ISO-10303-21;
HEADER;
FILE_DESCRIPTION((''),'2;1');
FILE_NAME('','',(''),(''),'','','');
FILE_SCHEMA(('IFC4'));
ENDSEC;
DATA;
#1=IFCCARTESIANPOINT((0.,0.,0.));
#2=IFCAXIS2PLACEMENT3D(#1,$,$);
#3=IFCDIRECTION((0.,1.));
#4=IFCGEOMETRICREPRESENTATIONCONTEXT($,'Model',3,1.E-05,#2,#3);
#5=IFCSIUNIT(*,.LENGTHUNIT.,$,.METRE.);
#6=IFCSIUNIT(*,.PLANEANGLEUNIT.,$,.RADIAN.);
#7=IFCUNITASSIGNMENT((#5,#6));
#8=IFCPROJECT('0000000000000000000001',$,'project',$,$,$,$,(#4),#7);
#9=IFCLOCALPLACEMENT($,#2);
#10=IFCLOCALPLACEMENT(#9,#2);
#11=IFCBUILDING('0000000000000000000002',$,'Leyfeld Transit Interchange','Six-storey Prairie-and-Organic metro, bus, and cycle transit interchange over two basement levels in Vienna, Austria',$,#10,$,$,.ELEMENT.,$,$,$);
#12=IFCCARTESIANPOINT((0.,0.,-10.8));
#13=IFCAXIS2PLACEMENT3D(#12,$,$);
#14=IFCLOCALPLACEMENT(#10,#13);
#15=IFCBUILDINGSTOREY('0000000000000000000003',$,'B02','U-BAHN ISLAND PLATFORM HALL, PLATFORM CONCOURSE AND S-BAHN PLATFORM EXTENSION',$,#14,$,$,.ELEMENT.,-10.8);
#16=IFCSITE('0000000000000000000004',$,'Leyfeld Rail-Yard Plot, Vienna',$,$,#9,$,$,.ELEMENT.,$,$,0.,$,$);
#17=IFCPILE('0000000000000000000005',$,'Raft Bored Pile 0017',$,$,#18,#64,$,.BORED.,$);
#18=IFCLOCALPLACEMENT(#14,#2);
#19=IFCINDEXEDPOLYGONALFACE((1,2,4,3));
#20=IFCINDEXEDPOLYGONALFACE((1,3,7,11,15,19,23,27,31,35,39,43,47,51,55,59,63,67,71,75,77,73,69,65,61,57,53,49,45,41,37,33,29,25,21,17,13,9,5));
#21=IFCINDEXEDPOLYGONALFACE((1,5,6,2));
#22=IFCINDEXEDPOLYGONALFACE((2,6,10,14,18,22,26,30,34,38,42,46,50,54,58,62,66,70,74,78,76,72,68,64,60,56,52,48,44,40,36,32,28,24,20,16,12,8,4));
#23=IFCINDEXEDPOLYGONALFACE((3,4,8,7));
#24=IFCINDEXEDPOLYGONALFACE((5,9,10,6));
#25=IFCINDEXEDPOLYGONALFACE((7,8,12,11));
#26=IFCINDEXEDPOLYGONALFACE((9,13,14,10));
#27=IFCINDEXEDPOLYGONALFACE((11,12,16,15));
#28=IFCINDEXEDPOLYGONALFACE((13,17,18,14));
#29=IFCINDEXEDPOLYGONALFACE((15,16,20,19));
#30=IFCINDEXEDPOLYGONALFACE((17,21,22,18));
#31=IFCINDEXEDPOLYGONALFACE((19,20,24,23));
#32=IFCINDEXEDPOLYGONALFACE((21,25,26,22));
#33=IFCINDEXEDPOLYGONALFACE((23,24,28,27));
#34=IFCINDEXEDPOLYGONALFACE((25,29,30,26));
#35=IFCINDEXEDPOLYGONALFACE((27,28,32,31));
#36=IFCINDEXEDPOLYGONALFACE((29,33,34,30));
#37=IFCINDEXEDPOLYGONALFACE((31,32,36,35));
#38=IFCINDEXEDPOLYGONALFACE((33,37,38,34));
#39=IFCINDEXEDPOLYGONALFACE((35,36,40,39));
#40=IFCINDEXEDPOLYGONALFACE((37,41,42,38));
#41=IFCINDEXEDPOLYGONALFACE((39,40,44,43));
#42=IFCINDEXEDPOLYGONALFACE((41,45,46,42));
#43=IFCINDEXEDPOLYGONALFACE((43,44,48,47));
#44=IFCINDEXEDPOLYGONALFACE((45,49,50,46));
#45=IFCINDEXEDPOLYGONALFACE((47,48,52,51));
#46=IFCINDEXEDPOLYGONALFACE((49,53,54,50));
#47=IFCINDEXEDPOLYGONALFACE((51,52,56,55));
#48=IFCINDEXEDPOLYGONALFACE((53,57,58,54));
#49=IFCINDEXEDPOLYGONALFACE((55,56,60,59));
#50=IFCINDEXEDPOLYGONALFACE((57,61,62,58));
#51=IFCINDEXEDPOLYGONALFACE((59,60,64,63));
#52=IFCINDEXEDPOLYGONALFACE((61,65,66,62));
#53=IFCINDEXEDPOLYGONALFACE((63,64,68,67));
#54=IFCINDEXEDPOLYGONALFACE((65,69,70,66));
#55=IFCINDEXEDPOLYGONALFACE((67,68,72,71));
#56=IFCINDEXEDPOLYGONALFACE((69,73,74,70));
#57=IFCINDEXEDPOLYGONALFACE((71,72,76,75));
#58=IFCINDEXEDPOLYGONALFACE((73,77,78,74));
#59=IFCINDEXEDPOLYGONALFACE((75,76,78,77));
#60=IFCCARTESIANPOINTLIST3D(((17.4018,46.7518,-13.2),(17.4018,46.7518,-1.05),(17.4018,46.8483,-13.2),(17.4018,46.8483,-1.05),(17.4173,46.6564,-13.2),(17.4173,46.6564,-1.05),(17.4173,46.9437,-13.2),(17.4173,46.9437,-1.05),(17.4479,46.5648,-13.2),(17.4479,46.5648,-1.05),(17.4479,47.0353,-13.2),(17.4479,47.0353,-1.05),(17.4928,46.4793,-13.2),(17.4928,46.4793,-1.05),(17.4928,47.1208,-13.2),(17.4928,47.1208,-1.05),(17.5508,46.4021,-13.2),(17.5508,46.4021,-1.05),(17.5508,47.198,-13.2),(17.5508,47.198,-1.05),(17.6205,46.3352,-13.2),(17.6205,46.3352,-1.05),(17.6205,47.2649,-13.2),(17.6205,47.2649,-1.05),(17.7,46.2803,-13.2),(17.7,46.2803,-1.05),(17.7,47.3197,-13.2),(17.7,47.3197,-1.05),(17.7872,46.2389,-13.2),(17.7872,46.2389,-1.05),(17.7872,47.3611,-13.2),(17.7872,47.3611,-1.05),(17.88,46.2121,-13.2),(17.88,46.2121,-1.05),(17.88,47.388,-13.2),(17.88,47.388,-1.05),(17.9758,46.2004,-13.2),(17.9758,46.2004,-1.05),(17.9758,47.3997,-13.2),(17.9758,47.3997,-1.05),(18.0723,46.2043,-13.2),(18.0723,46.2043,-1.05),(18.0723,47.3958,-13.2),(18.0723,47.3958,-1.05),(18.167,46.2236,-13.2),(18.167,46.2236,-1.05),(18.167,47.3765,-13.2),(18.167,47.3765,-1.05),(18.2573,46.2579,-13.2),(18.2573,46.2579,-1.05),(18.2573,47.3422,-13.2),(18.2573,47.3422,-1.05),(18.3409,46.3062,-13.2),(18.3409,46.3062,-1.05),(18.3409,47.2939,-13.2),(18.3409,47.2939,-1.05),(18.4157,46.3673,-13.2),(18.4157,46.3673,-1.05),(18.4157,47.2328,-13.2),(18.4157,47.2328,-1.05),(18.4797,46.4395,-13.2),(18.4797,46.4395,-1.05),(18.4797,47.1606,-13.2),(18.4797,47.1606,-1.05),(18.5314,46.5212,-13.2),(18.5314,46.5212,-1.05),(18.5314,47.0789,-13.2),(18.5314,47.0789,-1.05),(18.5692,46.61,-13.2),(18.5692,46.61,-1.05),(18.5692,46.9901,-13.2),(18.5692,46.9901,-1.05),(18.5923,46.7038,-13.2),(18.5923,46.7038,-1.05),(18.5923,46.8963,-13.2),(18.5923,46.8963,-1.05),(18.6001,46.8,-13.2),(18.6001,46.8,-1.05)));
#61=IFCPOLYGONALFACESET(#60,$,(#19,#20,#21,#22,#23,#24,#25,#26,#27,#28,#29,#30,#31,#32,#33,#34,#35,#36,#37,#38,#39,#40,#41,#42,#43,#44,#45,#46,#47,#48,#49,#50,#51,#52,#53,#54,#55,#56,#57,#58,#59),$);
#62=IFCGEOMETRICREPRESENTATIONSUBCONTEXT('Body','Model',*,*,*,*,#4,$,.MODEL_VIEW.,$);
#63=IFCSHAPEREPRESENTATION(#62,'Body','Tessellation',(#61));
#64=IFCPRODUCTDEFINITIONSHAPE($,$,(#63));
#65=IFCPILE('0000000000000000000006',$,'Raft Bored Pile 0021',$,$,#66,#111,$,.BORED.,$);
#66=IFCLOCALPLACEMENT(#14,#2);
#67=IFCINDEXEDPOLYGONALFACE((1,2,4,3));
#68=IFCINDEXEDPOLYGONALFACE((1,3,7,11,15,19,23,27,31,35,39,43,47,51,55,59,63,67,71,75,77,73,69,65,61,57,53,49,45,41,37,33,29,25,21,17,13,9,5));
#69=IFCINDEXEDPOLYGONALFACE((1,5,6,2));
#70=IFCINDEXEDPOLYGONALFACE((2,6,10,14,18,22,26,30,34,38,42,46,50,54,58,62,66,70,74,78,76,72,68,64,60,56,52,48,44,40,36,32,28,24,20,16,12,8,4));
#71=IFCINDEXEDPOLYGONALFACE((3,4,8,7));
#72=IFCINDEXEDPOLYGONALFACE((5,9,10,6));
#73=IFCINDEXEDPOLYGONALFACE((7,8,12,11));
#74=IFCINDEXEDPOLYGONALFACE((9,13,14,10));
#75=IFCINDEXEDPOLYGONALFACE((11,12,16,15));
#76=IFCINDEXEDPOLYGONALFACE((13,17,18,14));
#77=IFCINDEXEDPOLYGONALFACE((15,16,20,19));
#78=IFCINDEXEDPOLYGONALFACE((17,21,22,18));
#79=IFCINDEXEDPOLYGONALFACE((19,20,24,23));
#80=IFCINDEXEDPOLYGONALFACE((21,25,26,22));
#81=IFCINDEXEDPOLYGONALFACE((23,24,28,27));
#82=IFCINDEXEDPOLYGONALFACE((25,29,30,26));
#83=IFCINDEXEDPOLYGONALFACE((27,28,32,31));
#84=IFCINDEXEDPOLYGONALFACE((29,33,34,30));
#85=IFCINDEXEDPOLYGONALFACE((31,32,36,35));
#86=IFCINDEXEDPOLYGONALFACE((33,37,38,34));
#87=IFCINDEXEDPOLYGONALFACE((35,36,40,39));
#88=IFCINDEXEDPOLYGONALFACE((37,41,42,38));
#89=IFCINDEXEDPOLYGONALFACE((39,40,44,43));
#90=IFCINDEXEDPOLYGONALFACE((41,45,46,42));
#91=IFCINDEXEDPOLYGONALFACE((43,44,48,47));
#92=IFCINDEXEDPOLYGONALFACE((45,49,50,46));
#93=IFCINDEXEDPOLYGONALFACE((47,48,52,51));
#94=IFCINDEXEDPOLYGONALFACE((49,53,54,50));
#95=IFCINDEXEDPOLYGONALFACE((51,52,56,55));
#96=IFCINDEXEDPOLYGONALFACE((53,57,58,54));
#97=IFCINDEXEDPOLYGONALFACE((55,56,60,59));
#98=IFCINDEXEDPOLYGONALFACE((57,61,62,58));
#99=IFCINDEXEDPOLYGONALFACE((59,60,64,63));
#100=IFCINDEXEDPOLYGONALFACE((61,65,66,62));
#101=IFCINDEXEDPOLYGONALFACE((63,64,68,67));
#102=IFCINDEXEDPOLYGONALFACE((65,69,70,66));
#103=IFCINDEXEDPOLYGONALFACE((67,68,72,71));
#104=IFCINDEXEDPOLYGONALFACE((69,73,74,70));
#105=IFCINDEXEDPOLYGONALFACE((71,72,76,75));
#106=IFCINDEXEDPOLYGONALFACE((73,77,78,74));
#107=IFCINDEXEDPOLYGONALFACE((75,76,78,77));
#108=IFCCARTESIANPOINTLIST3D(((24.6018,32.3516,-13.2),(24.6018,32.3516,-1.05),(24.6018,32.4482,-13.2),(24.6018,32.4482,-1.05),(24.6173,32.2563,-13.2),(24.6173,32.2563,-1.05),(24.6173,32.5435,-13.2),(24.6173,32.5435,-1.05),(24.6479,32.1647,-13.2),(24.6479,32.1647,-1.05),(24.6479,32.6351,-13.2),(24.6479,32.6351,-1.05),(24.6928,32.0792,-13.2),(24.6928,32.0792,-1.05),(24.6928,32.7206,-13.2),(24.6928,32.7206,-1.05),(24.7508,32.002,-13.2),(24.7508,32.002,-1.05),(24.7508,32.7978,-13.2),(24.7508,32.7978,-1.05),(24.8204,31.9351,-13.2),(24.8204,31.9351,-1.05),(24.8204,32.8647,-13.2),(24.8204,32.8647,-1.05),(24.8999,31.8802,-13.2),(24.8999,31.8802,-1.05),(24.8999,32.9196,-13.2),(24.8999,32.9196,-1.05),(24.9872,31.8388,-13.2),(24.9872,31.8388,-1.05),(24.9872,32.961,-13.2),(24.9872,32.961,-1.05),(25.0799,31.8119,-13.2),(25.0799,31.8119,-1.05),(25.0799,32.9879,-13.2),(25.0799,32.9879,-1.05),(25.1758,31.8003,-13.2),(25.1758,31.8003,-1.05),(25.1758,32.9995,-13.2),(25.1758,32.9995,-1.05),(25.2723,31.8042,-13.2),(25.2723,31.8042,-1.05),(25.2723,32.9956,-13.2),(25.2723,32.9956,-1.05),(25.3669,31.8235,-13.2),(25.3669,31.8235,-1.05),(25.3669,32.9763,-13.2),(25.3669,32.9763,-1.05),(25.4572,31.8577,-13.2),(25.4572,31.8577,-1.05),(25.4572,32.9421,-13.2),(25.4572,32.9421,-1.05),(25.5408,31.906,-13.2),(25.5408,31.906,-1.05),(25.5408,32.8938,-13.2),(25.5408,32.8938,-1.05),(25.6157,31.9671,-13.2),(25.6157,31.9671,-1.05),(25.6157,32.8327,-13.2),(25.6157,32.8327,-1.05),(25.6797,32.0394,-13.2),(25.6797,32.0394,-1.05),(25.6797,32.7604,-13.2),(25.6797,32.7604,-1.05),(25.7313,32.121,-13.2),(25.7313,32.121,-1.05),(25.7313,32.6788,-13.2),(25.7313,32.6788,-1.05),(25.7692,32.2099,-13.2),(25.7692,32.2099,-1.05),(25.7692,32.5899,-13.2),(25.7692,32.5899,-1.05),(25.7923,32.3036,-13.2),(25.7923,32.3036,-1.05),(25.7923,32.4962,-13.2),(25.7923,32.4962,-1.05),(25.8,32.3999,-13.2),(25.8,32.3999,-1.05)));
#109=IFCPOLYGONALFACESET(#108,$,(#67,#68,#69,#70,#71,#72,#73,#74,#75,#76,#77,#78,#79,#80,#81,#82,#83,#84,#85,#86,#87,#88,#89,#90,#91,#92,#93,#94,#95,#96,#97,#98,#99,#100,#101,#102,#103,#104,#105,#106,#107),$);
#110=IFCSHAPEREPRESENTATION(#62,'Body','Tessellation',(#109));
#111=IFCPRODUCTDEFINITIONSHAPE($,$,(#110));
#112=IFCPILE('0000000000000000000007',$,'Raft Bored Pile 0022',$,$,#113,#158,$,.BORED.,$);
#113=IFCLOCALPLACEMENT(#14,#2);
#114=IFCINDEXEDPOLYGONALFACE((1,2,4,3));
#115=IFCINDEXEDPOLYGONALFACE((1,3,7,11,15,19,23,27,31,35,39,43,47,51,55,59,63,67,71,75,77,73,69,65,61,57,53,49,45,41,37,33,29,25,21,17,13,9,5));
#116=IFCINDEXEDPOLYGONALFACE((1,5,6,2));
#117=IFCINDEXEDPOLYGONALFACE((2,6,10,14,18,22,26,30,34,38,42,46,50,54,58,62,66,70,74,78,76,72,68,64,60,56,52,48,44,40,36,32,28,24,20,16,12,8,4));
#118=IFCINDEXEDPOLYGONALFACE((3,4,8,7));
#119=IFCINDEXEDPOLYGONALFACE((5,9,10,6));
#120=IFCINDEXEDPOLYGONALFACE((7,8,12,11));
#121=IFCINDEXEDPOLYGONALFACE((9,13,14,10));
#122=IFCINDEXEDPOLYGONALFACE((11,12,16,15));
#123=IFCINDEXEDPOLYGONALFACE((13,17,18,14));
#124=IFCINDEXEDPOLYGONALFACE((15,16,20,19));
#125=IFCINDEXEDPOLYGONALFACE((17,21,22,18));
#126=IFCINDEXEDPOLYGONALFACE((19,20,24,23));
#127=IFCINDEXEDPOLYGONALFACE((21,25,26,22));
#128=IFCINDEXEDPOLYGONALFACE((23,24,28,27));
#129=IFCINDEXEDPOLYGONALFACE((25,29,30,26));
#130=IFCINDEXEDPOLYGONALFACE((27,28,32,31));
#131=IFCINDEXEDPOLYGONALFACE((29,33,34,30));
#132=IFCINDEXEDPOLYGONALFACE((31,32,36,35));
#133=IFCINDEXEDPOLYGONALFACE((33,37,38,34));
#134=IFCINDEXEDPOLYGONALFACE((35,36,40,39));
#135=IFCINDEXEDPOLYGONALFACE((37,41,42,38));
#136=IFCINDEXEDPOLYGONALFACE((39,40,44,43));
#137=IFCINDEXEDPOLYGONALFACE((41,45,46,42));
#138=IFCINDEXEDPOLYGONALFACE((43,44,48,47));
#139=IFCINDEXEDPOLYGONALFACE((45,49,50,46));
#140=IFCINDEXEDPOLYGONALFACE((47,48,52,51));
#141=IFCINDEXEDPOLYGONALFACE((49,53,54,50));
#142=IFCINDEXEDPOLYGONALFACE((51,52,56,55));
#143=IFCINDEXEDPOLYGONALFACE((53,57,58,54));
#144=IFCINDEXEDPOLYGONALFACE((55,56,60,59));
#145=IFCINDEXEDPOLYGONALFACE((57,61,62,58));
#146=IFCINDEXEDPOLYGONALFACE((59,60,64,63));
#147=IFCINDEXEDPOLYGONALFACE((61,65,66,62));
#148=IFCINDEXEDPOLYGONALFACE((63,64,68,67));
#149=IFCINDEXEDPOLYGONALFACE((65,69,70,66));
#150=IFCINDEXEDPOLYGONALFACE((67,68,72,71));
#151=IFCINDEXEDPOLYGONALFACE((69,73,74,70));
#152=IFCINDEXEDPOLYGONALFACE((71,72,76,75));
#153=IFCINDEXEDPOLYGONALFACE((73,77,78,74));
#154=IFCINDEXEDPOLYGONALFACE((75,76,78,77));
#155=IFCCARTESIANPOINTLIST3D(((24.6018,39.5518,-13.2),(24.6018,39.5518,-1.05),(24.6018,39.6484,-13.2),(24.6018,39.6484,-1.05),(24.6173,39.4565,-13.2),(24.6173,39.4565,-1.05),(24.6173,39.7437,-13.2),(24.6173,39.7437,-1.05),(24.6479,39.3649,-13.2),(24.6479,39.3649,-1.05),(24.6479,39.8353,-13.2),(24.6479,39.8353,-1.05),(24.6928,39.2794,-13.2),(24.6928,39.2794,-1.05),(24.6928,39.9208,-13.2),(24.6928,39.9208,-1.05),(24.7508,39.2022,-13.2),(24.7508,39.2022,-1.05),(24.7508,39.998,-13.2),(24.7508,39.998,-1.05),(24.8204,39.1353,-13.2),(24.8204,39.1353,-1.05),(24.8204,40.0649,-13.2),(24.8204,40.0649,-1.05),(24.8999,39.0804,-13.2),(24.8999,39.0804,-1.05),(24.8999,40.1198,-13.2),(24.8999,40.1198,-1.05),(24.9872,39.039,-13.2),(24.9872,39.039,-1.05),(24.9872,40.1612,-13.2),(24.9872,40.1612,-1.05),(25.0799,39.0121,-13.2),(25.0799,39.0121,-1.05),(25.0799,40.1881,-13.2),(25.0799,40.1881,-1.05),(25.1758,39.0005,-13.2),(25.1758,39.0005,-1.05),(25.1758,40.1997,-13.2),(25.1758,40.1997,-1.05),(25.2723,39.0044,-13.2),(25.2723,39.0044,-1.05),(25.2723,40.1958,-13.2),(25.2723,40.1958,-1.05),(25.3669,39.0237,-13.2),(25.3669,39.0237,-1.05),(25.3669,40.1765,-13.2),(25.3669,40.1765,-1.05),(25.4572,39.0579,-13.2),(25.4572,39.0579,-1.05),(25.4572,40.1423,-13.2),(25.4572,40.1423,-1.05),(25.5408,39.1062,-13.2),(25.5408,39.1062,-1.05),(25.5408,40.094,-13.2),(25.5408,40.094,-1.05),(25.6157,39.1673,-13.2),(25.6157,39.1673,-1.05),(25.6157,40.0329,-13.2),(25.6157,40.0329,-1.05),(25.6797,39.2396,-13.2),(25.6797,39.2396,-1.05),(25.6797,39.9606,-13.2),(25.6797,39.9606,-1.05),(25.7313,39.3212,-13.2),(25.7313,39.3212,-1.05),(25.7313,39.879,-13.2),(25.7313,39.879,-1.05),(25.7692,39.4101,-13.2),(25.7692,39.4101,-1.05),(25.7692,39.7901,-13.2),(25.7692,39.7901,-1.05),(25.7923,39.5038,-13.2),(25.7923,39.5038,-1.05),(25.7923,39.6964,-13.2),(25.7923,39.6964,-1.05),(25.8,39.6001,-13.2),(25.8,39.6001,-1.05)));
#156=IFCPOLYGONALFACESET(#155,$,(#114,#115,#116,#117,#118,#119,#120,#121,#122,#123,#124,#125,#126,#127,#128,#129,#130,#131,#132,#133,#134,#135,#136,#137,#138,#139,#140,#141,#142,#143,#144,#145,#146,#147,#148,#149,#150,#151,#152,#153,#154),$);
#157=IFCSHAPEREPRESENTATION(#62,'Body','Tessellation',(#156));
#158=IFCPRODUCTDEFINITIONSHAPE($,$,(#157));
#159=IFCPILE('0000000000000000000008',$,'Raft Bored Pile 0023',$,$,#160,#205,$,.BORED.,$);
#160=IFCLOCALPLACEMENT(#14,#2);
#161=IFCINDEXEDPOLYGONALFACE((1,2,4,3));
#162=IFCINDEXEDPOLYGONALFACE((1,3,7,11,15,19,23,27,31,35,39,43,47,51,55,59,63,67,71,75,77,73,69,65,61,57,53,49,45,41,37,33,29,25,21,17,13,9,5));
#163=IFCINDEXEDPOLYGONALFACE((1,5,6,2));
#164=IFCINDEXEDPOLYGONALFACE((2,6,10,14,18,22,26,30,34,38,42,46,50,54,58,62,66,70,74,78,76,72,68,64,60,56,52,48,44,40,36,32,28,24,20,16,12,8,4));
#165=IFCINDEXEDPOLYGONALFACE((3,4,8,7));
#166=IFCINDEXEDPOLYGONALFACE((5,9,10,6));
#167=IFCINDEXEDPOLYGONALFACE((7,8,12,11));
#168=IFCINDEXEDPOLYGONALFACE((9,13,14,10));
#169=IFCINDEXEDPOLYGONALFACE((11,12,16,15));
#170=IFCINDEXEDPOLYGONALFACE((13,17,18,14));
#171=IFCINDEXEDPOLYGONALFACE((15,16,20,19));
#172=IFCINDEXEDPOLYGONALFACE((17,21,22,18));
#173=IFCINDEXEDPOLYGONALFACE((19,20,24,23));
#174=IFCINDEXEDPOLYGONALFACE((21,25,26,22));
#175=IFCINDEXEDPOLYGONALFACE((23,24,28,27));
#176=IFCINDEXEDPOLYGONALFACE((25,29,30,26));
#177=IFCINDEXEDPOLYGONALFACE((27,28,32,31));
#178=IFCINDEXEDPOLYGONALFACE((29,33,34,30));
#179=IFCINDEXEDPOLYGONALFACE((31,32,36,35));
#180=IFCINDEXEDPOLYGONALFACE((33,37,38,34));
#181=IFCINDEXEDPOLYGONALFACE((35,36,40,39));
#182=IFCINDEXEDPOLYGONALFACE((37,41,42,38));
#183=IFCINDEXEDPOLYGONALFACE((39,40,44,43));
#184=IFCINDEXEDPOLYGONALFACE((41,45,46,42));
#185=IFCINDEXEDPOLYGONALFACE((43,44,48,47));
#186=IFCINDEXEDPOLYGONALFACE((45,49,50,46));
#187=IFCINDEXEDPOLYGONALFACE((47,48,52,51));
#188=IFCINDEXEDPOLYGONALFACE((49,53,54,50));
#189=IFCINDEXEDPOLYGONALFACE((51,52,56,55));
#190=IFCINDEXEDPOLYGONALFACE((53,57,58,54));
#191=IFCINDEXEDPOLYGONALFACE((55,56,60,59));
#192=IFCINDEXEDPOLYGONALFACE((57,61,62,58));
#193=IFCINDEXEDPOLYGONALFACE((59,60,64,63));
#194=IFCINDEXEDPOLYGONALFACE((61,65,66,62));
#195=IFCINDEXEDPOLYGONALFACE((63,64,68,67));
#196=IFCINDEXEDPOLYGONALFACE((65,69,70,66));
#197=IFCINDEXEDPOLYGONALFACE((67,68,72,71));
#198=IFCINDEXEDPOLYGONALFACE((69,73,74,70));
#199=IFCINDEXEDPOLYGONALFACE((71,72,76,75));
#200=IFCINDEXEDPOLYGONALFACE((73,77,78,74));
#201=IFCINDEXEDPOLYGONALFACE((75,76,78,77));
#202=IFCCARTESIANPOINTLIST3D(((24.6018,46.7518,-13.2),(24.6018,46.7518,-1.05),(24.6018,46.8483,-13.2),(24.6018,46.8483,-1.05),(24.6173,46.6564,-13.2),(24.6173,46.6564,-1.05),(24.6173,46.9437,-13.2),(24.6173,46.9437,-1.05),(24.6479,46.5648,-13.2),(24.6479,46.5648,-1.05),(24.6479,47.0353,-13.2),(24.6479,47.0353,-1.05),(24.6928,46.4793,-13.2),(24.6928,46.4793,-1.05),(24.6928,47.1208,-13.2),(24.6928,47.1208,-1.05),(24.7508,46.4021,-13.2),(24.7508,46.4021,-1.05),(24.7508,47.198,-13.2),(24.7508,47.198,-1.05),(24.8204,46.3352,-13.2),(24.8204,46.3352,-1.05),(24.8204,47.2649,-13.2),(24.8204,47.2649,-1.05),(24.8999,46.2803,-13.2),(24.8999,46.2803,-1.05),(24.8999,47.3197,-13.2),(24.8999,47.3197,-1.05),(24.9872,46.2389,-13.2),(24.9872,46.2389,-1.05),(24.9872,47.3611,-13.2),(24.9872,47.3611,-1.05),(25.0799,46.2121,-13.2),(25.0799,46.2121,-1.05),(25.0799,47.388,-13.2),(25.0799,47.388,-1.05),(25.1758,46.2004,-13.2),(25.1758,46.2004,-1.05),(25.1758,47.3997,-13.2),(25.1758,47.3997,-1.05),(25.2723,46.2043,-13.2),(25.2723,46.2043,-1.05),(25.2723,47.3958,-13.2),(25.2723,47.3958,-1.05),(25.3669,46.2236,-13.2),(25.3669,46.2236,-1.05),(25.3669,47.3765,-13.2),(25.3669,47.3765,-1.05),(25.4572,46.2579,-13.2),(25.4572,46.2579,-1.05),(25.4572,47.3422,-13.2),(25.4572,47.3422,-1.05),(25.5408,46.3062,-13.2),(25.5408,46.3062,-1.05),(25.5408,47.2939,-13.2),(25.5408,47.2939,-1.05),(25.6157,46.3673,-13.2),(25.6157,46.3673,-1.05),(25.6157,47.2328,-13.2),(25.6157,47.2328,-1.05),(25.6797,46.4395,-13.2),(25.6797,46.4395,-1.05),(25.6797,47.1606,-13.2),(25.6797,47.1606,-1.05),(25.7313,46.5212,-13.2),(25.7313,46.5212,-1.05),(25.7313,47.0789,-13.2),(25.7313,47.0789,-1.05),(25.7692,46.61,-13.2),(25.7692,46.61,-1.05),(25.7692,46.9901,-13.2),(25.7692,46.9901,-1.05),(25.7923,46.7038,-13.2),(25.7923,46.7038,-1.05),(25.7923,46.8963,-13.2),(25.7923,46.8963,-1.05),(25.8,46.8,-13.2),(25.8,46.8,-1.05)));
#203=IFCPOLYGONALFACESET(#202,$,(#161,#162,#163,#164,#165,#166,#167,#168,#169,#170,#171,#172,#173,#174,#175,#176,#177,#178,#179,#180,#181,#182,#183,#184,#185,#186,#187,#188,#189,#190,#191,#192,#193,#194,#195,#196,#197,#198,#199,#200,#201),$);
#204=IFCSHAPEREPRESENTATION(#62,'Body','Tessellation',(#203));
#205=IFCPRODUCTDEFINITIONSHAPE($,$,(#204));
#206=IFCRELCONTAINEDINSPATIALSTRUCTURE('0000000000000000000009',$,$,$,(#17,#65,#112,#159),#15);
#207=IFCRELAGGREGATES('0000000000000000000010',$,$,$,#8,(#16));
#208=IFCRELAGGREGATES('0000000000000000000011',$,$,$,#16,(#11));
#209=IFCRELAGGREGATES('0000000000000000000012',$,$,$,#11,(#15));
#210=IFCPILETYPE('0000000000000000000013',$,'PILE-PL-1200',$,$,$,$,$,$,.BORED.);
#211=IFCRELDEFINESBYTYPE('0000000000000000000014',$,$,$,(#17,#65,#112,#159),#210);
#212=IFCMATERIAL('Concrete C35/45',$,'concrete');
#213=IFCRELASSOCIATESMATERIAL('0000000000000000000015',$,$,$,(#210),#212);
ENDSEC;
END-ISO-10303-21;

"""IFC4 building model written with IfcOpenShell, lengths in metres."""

from ifc_helpers import new_model, si_unit, direction, frame, origin, origin_2d, place, context, subcontext, project, spatial, circle, extrude, material, material_profile, profile_set, type_object, element, save


model = new_model("IFC4")

# Units and contexts
model_context = context("Model", 3, precision=1e-05, world=origin(), true_north=direction((0.0, 1.0)))
body_context = subcontext(model_context, "Body", "Model", "MODEL_VIEW")
ifc_project = project(units=[si_unit("LENGTHUNIT", "METRE"), si_unit("PLANEANGLEUNIT", "RADIAN")], contexts=[model_context])

# Site, building, storey
site_placement = place(None, origin())
site = spatial("IfcSite", under=ifc_project, at=site_placement, Name="Leyfeld Rail-Yard Plot, Vienna", CompositionType="ELEMENT", RefElevation=0.0)
building_placement = place(site_placement, origin())
building = spatial("IfcBuilding", under=site, at=building_placement, Name="Leyfeld Transit Interchange", Description="Six-storey Prairie-and-Organic metro, bus, and cycle transit interchange over two basement levels in Vienna, Austria", CompositionType="ELEMENT")
storey_placement = place(building_placement, frame((0.0, 0.0, -10.8)))
storey = spatial("IfcBuildingStorey", under=building, at=storey_placement, Name="B02", Description="U-BAHN ISLAND PLATFORM HALL, PLATFORM CONCOURSE AND S-BAHN PLATFORM EXTENSION", CompositionType="ELEMENT", Elevation=-10.8)

# Piles
ifc_material = material(Name="Concrete C35/45", Category="concrete")
ifc_material_profile_1 = material_profile(ifc_material, circle(Radius=0.6001, at=origin_2d()), Name="PILE D1200")
ifc_profile_set_1 = profile_set([ifc_material_profile_1], Name="Concrete C35/45")
pile_type = type_object("IfcPileType", Name="PILE-PL-1200", PredefinedType="BORED", material=ifc_profile_set_1)
for number, where, z_axis, x_axis, name in (
    (1, (18.0, 46.8, -1.05), (0.0, 0.0, -1.0), (1.0, 0.0, 0.0), "Raft Bored Pile 0017"),
    (2, (25.2, 32.3999, -1.05), (0.0, 0.0, -1.0), (1.0, 0.0, 0.0), "Raft Bored Pile 0021"),
    (3, (25.2, 39.6001, -1.05), (0.0, 0.0, -1.0), (1.0, 0.0, 0.0), "Raft Bored Pile 0022"),
    (4, (25.2, 46.8, -1.05), (0.0, 0.0, -1.0), (1.0, 0.0, 0.0), "Raft Bored Pile 0023"),
):
    element("IfcPile", number, at=place(storey_placement, frame(where, z_axis=z_axis, x_axis=x_axis)), inside=storey, type_object=pile_type, Name=name, PredefinedType="BORED", context=body_context, shape_type="SweptSolid", body=[
        extrude(circle(Radius=0.6001, at=origin_2d()), origin(), (0.0, 0.0, 1.0), 12.1499),
    ])

save(model, "model.ifc")
